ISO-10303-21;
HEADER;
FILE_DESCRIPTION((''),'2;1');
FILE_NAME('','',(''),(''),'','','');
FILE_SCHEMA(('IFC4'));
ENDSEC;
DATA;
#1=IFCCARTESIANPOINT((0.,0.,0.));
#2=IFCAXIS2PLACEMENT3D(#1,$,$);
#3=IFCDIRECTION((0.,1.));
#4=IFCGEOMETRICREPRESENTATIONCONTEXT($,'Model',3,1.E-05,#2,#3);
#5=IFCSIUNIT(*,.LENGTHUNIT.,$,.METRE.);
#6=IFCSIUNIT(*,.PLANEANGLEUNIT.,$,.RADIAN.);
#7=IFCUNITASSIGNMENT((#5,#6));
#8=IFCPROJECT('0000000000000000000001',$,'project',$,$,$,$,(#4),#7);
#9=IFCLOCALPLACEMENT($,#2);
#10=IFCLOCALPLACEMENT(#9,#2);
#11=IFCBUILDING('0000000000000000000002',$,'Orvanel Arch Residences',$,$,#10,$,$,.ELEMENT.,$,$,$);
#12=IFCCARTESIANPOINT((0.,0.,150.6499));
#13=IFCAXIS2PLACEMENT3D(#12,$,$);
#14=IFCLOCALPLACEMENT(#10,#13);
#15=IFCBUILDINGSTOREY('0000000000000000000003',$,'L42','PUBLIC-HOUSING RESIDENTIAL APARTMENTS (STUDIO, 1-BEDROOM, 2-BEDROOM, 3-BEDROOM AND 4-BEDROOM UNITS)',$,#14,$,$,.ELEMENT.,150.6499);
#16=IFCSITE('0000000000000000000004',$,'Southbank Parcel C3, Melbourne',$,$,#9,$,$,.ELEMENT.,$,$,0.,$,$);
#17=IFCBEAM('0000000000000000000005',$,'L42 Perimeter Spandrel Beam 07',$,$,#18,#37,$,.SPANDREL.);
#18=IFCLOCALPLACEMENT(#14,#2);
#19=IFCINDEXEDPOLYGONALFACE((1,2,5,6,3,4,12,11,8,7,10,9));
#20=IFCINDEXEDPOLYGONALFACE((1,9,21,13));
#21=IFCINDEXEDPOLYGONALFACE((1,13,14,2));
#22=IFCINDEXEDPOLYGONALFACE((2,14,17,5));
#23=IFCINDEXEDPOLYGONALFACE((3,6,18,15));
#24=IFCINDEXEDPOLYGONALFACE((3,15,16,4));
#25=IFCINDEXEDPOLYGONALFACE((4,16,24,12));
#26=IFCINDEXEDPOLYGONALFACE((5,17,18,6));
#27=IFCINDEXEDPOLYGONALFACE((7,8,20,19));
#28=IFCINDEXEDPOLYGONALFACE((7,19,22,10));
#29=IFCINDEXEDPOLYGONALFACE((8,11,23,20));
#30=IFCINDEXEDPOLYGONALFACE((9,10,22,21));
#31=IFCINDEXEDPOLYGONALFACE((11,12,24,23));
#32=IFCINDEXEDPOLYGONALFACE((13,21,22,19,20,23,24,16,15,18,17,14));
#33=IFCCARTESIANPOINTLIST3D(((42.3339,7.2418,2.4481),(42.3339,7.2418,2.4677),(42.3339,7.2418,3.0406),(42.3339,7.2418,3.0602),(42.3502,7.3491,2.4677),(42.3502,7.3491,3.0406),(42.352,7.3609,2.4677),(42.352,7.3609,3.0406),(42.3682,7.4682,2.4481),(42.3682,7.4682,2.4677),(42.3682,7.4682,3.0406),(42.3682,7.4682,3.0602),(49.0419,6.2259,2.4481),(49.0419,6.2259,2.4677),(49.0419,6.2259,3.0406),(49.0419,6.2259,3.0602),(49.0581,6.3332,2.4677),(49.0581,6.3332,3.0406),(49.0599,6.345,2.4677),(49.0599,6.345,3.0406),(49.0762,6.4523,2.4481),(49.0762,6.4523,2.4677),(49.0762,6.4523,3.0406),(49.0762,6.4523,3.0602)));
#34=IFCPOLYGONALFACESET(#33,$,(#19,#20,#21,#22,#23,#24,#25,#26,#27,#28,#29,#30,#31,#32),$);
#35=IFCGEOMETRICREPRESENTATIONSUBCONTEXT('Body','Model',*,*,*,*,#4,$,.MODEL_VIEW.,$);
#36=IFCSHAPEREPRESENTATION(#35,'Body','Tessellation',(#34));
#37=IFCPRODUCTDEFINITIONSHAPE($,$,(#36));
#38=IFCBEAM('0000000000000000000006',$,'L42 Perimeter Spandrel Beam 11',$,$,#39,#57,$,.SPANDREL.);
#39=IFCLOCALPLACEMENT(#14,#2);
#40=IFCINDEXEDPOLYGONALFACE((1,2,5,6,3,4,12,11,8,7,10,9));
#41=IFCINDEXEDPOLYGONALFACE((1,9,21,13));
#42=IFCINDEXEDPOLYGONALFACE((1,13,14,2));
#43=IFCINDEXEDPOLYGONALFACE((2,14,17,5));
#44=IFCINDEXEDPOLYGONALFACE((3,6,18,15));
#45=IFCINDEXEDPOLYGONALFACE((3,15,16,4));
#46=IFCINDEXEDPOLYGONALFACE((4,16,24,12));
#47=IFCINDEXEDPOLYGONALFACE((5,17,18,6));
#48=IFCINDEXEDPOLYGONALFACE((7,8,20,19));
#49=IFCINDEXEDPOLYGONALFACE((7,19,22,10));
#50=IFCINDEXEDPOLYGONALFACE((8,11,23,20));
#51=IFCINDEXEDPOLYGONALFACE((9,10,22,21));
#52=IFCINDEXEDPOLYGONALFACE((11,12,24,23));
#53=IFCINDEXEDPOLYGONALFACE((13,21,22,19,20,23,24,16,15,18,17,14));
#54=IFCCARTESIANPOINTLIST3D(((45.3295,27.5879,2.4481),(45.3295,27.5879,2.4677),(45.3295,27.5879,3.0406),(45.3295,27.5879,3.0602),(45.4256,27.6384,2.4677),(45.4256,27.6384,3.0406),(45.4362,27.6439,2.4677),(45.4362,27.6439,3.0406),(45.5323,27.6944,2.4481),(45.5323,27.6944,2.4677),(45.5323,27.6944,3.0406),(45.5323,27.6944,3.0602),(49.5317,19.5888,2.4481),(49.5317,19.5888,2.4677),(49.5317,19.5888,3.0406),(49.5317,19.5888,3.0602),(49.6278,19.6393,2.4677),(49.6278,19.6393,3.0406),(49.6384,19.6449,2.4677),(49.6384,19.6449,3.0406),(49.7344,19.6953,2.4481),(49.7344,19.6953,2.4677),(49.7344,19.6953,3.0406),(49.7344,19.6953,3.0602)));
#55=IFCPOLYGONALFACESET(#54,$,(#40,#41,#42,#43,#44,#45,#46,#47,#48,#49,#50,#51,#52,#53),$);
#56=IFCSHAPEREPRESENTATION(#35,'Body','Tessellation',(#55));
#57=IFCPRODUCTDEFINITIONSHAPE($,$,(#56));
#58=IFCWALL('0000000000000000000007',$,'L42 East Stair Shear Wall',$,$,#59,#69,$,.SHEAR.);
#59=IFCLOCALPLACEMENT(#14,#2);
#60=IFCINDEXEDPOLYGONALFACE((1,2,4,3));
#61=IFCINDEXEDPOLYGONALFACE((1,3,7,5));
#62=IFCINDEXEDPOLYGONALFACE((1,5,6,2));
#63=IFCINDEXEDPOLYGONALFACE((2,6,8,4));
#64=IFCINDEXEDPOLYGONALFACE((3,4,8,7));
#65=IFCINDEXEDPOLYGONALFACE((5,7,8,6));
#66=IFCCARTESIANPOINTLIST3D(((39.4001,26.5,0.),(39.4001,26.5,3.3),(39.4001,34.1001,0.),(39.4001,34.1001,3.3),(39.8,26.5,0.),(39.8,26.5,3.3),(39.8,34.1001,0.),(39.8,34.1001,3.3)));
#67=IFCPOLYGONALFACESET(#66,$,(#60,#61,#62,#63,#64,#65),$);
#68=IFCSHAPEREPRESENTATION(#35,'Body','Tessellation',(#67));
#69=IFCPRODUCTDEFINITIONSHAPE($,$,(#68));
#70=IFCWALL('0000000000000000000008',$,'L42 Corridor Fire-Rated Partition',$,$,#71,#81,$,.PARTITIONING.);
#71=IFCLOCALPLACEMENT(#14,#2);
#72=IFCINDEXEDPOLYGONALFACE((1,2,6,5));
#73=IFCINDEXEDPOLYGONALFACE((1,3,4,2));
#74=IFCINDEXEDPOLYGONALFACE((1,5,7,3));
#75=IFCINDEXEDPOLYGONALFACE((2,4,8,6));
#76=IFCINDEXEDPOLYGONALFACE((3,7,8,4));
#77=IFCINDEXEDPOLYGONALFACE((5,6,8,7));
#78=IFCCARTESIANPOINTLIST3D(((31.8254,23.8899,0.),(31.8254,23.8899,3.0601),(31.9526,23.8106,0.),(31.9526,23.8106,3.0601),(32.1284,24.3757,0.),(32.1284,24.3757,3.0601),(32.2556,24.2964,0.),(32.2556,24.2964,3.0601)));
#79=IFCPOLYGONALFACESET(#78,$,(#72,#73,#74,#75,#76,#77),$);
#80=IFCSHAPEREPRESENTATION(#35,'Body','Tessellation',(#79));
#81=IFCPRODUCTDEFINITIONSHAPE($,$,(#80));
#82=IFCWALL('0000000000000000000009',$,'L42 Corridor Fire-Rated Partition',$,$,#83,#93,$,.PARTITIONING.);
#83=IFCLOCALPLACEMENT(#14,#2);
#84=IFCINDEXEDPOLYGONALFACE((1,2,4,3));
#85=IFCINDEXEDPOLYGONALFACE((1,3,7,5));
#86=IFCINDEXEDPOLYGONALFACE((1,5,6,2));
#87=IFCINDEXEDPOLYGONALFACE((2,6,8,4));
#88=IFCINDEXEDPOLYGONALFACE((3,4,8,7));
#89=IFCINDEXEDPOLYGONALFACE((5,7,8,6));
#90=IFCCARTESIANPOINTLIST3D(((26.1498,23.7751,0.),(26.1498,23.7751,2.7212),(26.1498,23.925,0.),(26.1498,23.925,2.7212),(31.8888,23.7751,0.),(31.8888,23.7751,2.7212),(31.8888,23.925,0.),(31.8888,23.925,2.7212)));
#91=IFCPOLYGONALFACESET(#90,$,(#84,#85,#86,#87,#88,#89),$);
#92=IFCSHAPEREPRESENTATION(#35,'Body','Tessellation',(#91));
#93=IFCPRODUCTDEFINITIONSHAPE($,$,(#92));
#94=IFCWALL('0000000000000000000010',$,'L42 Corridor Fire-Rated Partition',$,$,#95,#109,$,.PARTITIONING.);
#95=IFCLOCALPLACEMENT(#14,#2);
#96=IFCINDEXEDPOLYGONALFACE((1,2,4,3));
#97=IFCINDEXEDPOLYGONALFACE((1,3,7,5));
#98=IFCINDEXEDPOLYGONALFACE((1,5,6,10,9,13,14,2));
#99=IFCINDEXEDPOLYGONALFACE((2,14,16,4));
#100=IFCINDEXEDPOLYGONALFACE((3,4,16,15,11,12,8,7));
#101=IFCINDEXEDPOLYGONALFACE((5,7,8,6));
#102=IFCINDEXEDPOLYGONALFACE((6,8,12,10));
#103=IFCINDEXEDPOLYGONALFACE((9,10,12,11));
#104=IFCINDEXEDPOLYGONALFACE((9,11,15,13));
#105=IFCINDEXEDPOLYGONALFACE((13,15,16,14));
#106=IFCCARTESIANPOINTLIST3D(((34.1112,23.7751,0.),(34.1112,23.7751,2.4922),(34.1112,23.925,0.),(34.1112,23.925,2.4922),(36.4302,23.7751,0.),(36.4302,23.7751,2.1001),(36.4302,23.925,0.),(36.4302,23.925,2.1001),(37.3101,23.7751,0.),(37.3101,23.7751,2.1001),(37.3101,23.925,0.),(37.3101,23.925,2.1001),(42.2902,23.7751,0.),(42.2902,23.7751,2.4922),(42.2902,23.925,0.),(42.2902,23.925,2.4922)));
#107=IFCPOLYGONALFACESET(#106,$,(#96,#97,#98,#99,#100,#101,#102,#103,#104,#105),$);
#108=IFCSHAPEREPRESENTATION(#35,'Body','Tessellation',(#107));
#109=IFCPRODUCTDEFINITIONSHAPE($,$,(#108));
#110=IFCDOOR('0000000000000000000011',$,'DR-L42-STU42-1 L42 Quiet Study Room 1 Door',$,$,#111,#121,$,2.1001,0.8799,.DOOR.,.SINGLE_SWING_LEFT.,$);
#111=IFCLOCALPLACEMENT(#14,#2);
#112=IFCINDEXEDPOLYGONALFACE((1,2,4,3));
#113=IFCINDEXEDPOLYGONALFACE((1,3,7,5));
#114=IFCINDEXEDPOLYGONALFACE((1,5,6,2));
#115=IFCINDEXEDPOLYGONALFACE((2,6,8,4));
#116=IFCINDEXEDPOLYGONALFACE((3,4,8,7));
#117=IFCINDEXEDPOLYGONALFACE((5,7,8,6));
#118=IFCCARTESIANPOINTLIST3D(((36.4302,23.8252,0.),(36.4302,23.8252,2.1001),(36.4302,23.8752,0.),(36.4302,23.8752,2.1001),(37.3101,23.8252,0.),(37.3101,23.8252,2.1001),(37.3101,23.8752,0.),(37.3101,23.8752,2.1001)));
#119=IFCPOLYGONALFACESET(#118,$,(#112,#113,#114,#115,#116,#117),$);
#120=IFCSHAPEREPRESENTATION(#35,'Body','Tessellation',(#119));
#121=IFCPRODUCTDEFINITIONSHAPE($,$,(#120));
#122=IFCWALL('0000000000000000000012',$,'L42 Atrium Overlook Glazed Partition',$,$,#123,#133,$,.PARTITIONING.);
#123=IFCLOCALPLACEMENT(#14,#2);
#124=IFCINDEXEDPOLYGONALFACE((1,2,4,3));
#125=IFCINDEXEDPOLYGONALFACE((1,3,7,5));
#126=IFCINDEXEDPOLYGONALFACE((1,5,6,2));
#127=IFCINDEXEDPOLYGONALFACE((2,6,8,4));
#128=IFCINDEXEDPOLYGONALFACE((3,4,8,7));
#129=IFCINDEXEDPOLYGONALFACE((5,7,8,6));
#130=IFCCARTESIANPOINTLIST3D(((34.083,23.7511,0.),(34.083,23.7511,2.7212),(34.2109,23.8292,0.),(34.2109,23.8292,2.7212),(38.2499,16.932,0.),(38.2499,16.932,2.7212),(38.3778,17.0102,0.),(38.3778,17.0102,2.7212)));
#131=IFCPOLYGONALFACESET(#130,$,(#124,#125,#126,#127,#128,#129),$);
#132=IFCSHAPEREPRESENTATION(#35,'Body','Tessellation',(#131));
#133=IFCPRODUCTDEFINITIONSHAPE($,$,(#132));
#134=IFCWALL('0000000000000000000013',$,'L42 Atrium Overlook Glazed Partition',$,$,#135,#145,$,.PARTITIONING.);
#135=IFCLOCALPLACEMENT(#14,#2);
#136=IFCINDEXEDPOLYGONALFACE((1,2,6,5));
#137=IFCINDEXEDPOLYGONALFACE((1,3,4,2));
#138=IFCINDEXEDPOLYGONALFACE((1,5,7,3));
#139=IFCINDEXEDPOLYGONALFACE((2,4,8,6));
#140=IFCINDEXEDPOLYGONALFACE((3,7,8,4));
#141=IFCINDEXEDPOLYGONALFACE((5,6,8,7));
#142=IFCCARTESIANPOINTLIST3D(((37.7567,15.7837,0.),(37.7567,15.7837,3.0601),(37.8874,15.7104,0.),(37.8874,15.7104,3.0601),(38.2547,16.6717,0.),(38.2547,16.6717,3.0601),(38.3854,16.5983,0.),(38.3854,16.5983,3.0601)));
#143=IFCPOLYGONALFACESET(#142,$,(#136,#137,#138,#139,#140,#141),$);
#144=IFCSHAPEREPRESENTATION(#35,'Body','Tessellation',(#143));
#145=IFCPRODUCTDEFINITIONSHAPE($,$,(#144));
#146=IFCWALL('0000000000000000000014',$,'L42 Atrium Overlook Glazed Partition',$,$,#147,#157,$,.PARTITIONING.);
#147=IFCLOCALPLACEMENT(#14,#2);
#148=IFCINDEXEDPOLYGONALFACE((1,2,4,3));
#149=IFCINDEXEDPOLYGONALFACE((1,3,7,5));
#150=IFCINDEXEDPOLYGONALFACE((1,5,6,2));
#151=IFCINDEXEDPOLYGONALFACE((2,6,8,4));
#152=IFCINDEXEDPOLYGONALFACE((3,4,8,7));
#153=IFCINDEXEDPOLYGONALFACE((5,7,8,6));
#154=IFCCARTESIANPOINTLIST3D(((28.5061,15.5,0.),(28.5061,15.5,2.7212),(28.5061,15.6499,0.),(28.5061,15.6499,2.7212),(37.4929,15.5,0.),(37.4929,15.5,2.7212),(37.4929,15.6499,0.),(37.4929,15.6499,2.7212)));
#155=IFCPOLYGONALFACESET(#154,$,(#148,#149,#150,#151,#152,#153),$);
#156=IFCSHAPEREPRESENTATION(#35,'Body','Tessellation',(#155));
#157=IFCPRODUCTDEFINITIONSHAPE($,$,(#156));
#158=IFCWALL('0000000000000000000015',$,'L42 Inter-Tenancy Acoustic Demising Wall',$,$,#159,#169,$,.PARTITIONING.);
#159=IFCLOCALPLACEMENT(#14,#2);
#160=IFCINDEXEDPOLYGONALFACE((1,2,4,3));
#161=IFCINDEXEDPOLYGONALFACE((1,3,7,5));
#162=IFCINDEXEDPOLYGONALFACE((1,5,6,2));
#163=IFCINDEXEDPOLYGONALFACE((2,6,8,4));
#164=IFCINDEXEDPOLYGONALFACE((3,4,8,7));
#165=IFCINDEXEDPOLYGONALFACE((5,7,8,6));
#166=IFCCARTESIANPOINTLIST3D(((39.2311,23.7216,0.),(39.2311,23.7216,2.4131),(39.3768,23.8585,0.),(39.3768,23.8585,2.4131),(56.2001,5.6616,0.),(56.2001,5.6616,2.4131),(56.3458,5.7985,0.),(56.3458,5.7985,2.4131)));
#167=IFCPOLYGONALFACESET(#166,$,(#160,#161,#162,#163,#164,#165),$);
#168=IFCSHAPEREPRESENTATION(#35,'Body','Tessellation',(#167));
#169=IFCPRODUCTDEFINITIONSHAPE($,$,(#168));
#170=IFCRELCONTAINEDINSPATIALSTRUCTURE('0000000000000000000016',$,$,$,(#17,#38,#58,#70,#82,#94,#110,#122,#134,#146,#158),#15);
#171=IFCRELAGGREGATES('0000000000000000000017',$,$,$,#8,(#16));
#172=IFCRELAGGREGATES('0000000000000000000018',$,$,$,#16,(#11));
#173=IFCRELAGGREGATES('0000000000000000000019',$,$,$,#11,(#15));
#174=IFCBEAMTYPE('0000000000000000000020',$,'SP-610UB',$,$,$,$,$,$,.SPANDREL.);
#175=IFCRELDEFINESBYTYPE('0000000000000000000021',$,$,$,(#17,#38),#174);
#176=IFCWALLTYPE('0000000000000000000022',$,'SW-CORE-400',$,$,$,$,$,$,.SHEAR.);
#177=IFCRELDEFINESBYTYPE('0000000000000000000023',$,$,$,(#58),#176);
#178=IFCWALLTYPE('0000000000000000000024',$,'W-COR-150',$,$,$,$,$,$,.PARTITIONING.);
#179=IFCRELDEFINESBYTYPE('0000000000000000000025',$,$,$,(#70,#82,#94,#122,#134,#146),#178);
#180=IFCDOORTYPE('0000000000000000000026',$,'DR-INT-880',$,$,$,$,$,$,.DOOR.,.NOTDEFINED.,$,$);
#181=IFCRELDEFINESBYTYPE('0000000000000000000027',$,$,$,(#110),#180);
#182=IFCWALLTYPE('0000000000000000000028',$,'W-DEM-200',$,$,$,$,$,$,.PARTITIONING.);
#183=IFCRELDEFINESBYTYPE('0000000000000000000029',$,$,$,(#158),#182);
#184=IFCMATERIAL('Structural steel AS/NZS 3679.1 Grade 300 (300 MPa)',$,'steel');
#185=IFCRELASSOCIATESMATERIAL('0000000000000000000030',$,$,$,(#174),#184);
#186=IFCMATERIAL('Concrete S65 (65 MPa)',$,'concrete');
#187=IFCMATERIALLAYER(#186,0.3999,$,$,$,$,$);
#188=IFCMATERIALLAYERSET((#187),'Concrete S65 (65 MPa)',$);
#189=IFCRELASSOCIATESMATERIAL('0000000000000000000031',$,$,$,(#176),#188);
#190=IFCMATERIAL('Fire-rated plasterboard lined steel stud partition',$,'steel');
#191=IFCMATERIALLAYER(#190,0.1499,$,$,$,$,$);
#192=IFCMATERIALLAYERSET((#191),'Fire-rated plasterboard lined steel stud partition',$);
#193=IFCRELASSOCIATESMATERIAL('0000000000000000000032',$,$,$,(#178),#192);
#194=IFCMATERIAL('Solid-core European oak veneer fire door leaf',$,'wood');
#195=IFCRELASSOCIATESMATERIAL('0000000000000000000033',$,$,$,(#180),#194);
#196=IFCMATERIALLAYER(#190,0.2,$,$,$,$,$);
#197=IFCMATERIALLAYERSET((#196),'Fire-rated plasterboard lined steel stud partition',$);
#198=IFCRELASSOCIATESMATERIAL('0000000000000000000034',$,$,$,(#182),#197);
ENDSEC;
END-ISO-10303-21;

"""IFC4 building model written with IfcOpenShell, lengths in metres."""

from ifc_helpers import new_model, si_unit, direction, frame, frame_2d, origin, origin_2d, place, context, subcontext, project, spatial, rectangle, i_section, extrude, material, layer, layer_set, material_profile, profile_set, type_object, element, fill, save


model = new_model("IFC4")

# Units and contexts
model_context = context("Model", 3, precision=1e-05, world=origin(), true_north=direction((0.0, 1.0)))
body_context = subcontext(model_context, "Body", "Model", "MODEL_VIEW")
ifc_project = project(units=[si_unit("LENGTHUNIT", "METRE"), si_unit("PLANEANGLEUNIT", "RADIAN")], contexts=[model_context])

# Site, building, storey
site_placement = place(None, origin())
site = spatial("IfcSite", under=ifc_project, at=site_placement, Name="Southbank Parcel C3, Melbourne", CompositionType="ELEMENT", RefElevation=0.0)
building_placement = place(site_placement, origin())
building = spatial("IfcBuilding", under=site, at=building_placement, Name="Orvanel Arch Residences", CompositionType="ELEMENT")
storey_placement = place(building_placement, frame((0.0, 0.0, 150.6499)))
storey = spatial("IfcBuildingStorey", under=building, at=storey_placement, Name="L42", Description="PUBLIC-HOUSING RESIDENTIAL APARTMENTS (STUDIO, 1-BEDROOM, 2-BEDROOM, 3-BEDROOM AND 4-BEDROOM UNITS)", CompositionType="ELEMENT", Elevation=150.6499)

# Beams
ifc_material_1 = material(Name="Structural steel AS/NZS 3679.1 Grade 300 (300 MPa)", Category="steel")
ifc_material_profile_1 = material_profile(ifc_material_1, i_section(OverallWidth=0.229, OverallDepth=0.6121, WebThickness=0.012, FlangeThickness=0.0195, at=origin_2d()), Name="610UB125")
ifc_profile_set_1 = profile_set([ifc_material_profile_1], Name="Structural steel AS/NZS 3679.1 Grade 300 (300 MPa)")
beam_type_1 = type_object("IfcBeamType", Name="SP-610UB", PredefinedType="SPANDREL", material=ifc_profile_set_1)
beam_1_placement = place(storey_placement, frame((42.3511, 7.355, 2.7542), z_axis=(0.988726, -0.149734, 0.0), x_axis=(0.149734, 0.988726, 0.0)))
element("IfcBeam", 1, at=beam_1_placement, inside=storey, type_object=beam_type_1, Name="L42 Perimeter Spandrel Beam 07", PredefinedType="SPANDREL", context=body_context, shape_type="SweptSolid", body=[
    extrude(i_section(OverallWidth=0.229, OverallDepth=0.6121, WebThickness=0.012, FlangeThickness=0.0195, at=origin_2d()), origin(), (0.0, 0.0, 1.0), 6.7844),
])
beam_2_placement = place(storey_placement, frame((49.6331, 19.6421, 2.7542), z_axis=(-0.465065, 0.885277, 0.0), x_axis=(-0.885277, -0.465065, 0.0)))
element("IfcBeam", 2, at=beam_2_placement, inside=storey, type_object=beam_type_1, Name="L42 Perimeter Spandrel Beam 11", PredefinedType="SPANDREL", context=body_context, shape_type="SweptSolid", body=[
    extrude(i_section(OverallWidth=0.229, OverallDepth=0.6121, WebThickness=0.012, FlangeThickness=0.0195, at=origin_2d()), origin(), (0.0, 0.0, 1.0), 9.0356),
])

# Shared definitions
ifc_material_2 = material(Name="Concrete S65 (65 MPa)", Category="concrete")

# Walls
ifc_layer_1 = layer(ifc_material_2, 0.3999)
ifc_layer_set_1 = layer_set([ifc_layer_1], Name="Concrete S65 (65 MPa)")
wall_type_1 = type_object("IfcWallType", Name="SW-CORE-400", PredefinedType="SHEAR", material=ifc_layer_set_1)
wall_1_placement = place(storey_placement, frame((39.6001, 26.5, 0.0), z_axis=(0.0, 0.0, 1.0), x_axis=(0.0, 1.0, 0.0)))
element("IfcWall", 3, at=wall_1_placement, inside=storey, type_object=wall_type_1, Name="L42 East Stair Shear Wall", PredefinedType="SHEAR", context=body_context, shape_type="SweptSolid", body=[
    extrude(rectangle(XDim=7.6001, YDim=0.3999, at=frame_2d((3.8, 0.0))), origin(), (0.0, 0.0, 1.0), 3.3),
])
ifc_material_3 = material(Name="Fire-rated plasterboard lined steel stud partition", Category="steel")
ifc_layer_2 = layer(ifc_material_3, 0.1499)
ifc_layer_set_2 = layer_set([ifc_layer_2], Name="Fire-rated plasterboard lined steel stud partition")
wall_type_2 = type_object("IfcWallType", Name="W-COR-150", PredefinedType="PARTITIONING", material=ifc_layer_set_2)
wall_2_placement = place(storey_placement, frame((32.1919, 24.3359, 0.0), z_axis=(0.0, 0.0, 1.0), x_axis=(-0.529155, -0.848525, 0.0)))
element("IfcWall", 4, at=wall_2_placement, inside=storey, type_object=wall_type_2, Name="L42 Corridor Fire-Rated Partition", PredefinedType="PARTITIONING", context=body_context, shape_type="SweptSolid", body=[
    extrude(rectangle(XDim=0.5725, YDim=0.1499, at=frame_2d((0.2861, 0.0))), origin(), (0.0, 0.0, 1.0), 3.0601),
])
wall_3_placement = place(storey_placement, frame((31.8889, 23.8501, 0.0), z_axis=(0.0, 0.0, 1.0), x_axis=(-1.0, 0.0, 0.0)))
element("IfcWall", 5, at=wall_3_placement, inside=storey, type_object=wall_type_2, Name="L42 Corridor Fire-Rated Partition", PredefinedType="PARTITIONING", context=body_context, shape_type="SweptSolid", body=[
    extrude(rectangle(XDim=5.739, YDim=0.1499, at=frame_2d((2.8696, 0.0))), origin(), (0.0, 0.0, 1.0), 2.7212),
])

# Wall, opening, door
wall_4_placement = place(storey_placement, frame((42.29, 23.8501, 0.0), z_axis=(0.0, 0.0, 1.0), x_axis=(-1.0, 0.0, 0.0)))
wall_4 = element("IfcWall", 6, at=wall_4_placement, inside=storey, type_object=wall_type_2, Name="L42 Corridor Fire-Rated Partition", PredefinedType="PARTITIONING", context=body_context, shape_type="SweptSolid", body=[
    extrude(rectangle(XDim=8.179, YDim=0.1499, at=frame_2d((4.0894, 0.0))), origin(), (0.0, 0.0, 1.0), 2.4922),
])
opening_1_placement = place(wall_4_placement, frame((4.98, 0.0, 0.0)))
opening_1 = element("IfcOpeningElement", 7, at=opening_1_placement, cuts=wall_4, PredefinedType="OPENING", context=body_context, shape_type="SweptSolid", body=[
    extrude(rectangle(XDim=0.8799, YDim=2.1001, at=frame_2d((0.4399, 1.05))), frame((0.0, 0.085, 0.0), z_axis=(0.0, -1.0, 0.0), x_axis=(1.0, 0.0, 0.0)), (0.0, 0.0, 1.0), 0.1699),
])
ifc_material_4 = material(Name="Solid-core European oak veneer fire door leaf", Category="wood")
door_type_1 = type_object("IfcDoorType", Name="DR-INT-880", OperationType="NOTDEFINED", PredefinedType="DOOR", material=ifc_material_4)
door_1_placement = place(opening_1_placement, origin())
door_1 = element("IfcDoor", 8, at=door_1_placement, inside=storey, type_object=door_type_1, Name="DR-L42-STU42-1 L42 Quiet Study Room 1 Door", OperationType="SINGLE_SWING_LEFT", OverallHeight=2.1001, OverallWidth=0.8799, PredefinedType="DOOR", context=body_context, shape_type="SweptSolid", body=[
    extrude(rectangle(XDim=0.8799, YDim=2.1001, at=frame_2d((0.4399, 1.05))), frame((0.0, 0.0249, 0.0), z_axis=(0.0, -1.0, 0.0), x_axis=(1.0, 0.0, 0.0)), (0.0, 0.0, 1.0), 0.05),
])
fill(opening_1, door_1)

# Walls
wall_5_placement = place(storey_placement, frame((34.147, 23.79, 0.0), z_axis=(0.0, 0.0, 1.0), x_axis=(0.521429, -0.853295, 0.0)))
element("IfcWall", 9, at=wall_5_placement, inside=storey, type_object=wall_type_2, Name="L42 Atrium Overlook Glazed Partition", PredefinedType="PARTITIONING", context=body_context, shape_type="SweptSolid", body=[
    extrude(rectangle(XDim=7.9915, YDim=0.1499, at=frame_2d((3.9956, 0.0))), origin(), (0.0, 0.0, 1.0), 2.7212),
])
wall_6_placement = place(storey_placement, frame((38.3201, 16.635, 0.0), z_axis=(0.0, 0.0, 1.0), x_axis=(-0.489202, -0.87217, 0.0)))
element("IfcWall", 10, at=wall_6_placement, inside=storey, type_object=wall_type_2, Name="L42 Atrium Overlook Glazed Partition", PredefinedType="PARTITIONING", context=body_context, shape_type="SweptSolid", body=[
    extrude(rectangle(XDim=1.0181, YDim=0.1499, at=frame_2d((0.509, 0.0))), origin(), (0.0, 0.0, 1.0), 3.0601),
])
wall_7_placement = place(storey_placement, frame((37.4929, 15.575, 0.0), z_axis=(0.0, 0.0, 1.0), x_axis=(-1.0, 0.0, 0.0)))
element("IfcWall", 11, at=wall_7_placement, inside=storey, type_object=wall_type_2, Name="L42 Atrium Overlook Glazed Partition", PredefinedType="PARTITIONING", context=body_context, shape_type="SweptSolid", body=[
    extrude(rectangle(XDim=8.9868, YDim=0.1499, at=frame_2d((4.4934, 0.0))), origin(), (0.0, 0.0, 1.0), 2.7212),
])
ifc_layer_3 = layer(ifc_material_3, 0.2)
ifc_layer_set_3 = layer_set([ifc_layer_3], Name="Fire-rated plasterboard lined steel stud partition")
wall_type_3 = type_object("IfcWallType", Name="W-DEM-200", PredefinedType="PARTITIONING", material=ifc_layer_set_3)
wall_8_placement = place(storey_placement, frame((39.304, 23.79, 0.0), z_axis=(0.0, 0.0, 1.0), x_axis=(0.68475, -0.728778, 0.0)))
element("IfcWall", 12, at=wall_8_placement, inside=storey, type_object=wall_type_3, Name="L42 Inter-Tenancy Acoustic Demising Wall", PredefinedType="PARTITIONING", context=body_context, shape_type="SweptSolid", body=[
    extrude(rectangle(XDim=24.7812, YDim=0.2, at=frame_2d((12.3906, 0.0))), origin(), (0.0, 0.0, 1.0), 2.4131),
])

save(model, "model.ifc")
